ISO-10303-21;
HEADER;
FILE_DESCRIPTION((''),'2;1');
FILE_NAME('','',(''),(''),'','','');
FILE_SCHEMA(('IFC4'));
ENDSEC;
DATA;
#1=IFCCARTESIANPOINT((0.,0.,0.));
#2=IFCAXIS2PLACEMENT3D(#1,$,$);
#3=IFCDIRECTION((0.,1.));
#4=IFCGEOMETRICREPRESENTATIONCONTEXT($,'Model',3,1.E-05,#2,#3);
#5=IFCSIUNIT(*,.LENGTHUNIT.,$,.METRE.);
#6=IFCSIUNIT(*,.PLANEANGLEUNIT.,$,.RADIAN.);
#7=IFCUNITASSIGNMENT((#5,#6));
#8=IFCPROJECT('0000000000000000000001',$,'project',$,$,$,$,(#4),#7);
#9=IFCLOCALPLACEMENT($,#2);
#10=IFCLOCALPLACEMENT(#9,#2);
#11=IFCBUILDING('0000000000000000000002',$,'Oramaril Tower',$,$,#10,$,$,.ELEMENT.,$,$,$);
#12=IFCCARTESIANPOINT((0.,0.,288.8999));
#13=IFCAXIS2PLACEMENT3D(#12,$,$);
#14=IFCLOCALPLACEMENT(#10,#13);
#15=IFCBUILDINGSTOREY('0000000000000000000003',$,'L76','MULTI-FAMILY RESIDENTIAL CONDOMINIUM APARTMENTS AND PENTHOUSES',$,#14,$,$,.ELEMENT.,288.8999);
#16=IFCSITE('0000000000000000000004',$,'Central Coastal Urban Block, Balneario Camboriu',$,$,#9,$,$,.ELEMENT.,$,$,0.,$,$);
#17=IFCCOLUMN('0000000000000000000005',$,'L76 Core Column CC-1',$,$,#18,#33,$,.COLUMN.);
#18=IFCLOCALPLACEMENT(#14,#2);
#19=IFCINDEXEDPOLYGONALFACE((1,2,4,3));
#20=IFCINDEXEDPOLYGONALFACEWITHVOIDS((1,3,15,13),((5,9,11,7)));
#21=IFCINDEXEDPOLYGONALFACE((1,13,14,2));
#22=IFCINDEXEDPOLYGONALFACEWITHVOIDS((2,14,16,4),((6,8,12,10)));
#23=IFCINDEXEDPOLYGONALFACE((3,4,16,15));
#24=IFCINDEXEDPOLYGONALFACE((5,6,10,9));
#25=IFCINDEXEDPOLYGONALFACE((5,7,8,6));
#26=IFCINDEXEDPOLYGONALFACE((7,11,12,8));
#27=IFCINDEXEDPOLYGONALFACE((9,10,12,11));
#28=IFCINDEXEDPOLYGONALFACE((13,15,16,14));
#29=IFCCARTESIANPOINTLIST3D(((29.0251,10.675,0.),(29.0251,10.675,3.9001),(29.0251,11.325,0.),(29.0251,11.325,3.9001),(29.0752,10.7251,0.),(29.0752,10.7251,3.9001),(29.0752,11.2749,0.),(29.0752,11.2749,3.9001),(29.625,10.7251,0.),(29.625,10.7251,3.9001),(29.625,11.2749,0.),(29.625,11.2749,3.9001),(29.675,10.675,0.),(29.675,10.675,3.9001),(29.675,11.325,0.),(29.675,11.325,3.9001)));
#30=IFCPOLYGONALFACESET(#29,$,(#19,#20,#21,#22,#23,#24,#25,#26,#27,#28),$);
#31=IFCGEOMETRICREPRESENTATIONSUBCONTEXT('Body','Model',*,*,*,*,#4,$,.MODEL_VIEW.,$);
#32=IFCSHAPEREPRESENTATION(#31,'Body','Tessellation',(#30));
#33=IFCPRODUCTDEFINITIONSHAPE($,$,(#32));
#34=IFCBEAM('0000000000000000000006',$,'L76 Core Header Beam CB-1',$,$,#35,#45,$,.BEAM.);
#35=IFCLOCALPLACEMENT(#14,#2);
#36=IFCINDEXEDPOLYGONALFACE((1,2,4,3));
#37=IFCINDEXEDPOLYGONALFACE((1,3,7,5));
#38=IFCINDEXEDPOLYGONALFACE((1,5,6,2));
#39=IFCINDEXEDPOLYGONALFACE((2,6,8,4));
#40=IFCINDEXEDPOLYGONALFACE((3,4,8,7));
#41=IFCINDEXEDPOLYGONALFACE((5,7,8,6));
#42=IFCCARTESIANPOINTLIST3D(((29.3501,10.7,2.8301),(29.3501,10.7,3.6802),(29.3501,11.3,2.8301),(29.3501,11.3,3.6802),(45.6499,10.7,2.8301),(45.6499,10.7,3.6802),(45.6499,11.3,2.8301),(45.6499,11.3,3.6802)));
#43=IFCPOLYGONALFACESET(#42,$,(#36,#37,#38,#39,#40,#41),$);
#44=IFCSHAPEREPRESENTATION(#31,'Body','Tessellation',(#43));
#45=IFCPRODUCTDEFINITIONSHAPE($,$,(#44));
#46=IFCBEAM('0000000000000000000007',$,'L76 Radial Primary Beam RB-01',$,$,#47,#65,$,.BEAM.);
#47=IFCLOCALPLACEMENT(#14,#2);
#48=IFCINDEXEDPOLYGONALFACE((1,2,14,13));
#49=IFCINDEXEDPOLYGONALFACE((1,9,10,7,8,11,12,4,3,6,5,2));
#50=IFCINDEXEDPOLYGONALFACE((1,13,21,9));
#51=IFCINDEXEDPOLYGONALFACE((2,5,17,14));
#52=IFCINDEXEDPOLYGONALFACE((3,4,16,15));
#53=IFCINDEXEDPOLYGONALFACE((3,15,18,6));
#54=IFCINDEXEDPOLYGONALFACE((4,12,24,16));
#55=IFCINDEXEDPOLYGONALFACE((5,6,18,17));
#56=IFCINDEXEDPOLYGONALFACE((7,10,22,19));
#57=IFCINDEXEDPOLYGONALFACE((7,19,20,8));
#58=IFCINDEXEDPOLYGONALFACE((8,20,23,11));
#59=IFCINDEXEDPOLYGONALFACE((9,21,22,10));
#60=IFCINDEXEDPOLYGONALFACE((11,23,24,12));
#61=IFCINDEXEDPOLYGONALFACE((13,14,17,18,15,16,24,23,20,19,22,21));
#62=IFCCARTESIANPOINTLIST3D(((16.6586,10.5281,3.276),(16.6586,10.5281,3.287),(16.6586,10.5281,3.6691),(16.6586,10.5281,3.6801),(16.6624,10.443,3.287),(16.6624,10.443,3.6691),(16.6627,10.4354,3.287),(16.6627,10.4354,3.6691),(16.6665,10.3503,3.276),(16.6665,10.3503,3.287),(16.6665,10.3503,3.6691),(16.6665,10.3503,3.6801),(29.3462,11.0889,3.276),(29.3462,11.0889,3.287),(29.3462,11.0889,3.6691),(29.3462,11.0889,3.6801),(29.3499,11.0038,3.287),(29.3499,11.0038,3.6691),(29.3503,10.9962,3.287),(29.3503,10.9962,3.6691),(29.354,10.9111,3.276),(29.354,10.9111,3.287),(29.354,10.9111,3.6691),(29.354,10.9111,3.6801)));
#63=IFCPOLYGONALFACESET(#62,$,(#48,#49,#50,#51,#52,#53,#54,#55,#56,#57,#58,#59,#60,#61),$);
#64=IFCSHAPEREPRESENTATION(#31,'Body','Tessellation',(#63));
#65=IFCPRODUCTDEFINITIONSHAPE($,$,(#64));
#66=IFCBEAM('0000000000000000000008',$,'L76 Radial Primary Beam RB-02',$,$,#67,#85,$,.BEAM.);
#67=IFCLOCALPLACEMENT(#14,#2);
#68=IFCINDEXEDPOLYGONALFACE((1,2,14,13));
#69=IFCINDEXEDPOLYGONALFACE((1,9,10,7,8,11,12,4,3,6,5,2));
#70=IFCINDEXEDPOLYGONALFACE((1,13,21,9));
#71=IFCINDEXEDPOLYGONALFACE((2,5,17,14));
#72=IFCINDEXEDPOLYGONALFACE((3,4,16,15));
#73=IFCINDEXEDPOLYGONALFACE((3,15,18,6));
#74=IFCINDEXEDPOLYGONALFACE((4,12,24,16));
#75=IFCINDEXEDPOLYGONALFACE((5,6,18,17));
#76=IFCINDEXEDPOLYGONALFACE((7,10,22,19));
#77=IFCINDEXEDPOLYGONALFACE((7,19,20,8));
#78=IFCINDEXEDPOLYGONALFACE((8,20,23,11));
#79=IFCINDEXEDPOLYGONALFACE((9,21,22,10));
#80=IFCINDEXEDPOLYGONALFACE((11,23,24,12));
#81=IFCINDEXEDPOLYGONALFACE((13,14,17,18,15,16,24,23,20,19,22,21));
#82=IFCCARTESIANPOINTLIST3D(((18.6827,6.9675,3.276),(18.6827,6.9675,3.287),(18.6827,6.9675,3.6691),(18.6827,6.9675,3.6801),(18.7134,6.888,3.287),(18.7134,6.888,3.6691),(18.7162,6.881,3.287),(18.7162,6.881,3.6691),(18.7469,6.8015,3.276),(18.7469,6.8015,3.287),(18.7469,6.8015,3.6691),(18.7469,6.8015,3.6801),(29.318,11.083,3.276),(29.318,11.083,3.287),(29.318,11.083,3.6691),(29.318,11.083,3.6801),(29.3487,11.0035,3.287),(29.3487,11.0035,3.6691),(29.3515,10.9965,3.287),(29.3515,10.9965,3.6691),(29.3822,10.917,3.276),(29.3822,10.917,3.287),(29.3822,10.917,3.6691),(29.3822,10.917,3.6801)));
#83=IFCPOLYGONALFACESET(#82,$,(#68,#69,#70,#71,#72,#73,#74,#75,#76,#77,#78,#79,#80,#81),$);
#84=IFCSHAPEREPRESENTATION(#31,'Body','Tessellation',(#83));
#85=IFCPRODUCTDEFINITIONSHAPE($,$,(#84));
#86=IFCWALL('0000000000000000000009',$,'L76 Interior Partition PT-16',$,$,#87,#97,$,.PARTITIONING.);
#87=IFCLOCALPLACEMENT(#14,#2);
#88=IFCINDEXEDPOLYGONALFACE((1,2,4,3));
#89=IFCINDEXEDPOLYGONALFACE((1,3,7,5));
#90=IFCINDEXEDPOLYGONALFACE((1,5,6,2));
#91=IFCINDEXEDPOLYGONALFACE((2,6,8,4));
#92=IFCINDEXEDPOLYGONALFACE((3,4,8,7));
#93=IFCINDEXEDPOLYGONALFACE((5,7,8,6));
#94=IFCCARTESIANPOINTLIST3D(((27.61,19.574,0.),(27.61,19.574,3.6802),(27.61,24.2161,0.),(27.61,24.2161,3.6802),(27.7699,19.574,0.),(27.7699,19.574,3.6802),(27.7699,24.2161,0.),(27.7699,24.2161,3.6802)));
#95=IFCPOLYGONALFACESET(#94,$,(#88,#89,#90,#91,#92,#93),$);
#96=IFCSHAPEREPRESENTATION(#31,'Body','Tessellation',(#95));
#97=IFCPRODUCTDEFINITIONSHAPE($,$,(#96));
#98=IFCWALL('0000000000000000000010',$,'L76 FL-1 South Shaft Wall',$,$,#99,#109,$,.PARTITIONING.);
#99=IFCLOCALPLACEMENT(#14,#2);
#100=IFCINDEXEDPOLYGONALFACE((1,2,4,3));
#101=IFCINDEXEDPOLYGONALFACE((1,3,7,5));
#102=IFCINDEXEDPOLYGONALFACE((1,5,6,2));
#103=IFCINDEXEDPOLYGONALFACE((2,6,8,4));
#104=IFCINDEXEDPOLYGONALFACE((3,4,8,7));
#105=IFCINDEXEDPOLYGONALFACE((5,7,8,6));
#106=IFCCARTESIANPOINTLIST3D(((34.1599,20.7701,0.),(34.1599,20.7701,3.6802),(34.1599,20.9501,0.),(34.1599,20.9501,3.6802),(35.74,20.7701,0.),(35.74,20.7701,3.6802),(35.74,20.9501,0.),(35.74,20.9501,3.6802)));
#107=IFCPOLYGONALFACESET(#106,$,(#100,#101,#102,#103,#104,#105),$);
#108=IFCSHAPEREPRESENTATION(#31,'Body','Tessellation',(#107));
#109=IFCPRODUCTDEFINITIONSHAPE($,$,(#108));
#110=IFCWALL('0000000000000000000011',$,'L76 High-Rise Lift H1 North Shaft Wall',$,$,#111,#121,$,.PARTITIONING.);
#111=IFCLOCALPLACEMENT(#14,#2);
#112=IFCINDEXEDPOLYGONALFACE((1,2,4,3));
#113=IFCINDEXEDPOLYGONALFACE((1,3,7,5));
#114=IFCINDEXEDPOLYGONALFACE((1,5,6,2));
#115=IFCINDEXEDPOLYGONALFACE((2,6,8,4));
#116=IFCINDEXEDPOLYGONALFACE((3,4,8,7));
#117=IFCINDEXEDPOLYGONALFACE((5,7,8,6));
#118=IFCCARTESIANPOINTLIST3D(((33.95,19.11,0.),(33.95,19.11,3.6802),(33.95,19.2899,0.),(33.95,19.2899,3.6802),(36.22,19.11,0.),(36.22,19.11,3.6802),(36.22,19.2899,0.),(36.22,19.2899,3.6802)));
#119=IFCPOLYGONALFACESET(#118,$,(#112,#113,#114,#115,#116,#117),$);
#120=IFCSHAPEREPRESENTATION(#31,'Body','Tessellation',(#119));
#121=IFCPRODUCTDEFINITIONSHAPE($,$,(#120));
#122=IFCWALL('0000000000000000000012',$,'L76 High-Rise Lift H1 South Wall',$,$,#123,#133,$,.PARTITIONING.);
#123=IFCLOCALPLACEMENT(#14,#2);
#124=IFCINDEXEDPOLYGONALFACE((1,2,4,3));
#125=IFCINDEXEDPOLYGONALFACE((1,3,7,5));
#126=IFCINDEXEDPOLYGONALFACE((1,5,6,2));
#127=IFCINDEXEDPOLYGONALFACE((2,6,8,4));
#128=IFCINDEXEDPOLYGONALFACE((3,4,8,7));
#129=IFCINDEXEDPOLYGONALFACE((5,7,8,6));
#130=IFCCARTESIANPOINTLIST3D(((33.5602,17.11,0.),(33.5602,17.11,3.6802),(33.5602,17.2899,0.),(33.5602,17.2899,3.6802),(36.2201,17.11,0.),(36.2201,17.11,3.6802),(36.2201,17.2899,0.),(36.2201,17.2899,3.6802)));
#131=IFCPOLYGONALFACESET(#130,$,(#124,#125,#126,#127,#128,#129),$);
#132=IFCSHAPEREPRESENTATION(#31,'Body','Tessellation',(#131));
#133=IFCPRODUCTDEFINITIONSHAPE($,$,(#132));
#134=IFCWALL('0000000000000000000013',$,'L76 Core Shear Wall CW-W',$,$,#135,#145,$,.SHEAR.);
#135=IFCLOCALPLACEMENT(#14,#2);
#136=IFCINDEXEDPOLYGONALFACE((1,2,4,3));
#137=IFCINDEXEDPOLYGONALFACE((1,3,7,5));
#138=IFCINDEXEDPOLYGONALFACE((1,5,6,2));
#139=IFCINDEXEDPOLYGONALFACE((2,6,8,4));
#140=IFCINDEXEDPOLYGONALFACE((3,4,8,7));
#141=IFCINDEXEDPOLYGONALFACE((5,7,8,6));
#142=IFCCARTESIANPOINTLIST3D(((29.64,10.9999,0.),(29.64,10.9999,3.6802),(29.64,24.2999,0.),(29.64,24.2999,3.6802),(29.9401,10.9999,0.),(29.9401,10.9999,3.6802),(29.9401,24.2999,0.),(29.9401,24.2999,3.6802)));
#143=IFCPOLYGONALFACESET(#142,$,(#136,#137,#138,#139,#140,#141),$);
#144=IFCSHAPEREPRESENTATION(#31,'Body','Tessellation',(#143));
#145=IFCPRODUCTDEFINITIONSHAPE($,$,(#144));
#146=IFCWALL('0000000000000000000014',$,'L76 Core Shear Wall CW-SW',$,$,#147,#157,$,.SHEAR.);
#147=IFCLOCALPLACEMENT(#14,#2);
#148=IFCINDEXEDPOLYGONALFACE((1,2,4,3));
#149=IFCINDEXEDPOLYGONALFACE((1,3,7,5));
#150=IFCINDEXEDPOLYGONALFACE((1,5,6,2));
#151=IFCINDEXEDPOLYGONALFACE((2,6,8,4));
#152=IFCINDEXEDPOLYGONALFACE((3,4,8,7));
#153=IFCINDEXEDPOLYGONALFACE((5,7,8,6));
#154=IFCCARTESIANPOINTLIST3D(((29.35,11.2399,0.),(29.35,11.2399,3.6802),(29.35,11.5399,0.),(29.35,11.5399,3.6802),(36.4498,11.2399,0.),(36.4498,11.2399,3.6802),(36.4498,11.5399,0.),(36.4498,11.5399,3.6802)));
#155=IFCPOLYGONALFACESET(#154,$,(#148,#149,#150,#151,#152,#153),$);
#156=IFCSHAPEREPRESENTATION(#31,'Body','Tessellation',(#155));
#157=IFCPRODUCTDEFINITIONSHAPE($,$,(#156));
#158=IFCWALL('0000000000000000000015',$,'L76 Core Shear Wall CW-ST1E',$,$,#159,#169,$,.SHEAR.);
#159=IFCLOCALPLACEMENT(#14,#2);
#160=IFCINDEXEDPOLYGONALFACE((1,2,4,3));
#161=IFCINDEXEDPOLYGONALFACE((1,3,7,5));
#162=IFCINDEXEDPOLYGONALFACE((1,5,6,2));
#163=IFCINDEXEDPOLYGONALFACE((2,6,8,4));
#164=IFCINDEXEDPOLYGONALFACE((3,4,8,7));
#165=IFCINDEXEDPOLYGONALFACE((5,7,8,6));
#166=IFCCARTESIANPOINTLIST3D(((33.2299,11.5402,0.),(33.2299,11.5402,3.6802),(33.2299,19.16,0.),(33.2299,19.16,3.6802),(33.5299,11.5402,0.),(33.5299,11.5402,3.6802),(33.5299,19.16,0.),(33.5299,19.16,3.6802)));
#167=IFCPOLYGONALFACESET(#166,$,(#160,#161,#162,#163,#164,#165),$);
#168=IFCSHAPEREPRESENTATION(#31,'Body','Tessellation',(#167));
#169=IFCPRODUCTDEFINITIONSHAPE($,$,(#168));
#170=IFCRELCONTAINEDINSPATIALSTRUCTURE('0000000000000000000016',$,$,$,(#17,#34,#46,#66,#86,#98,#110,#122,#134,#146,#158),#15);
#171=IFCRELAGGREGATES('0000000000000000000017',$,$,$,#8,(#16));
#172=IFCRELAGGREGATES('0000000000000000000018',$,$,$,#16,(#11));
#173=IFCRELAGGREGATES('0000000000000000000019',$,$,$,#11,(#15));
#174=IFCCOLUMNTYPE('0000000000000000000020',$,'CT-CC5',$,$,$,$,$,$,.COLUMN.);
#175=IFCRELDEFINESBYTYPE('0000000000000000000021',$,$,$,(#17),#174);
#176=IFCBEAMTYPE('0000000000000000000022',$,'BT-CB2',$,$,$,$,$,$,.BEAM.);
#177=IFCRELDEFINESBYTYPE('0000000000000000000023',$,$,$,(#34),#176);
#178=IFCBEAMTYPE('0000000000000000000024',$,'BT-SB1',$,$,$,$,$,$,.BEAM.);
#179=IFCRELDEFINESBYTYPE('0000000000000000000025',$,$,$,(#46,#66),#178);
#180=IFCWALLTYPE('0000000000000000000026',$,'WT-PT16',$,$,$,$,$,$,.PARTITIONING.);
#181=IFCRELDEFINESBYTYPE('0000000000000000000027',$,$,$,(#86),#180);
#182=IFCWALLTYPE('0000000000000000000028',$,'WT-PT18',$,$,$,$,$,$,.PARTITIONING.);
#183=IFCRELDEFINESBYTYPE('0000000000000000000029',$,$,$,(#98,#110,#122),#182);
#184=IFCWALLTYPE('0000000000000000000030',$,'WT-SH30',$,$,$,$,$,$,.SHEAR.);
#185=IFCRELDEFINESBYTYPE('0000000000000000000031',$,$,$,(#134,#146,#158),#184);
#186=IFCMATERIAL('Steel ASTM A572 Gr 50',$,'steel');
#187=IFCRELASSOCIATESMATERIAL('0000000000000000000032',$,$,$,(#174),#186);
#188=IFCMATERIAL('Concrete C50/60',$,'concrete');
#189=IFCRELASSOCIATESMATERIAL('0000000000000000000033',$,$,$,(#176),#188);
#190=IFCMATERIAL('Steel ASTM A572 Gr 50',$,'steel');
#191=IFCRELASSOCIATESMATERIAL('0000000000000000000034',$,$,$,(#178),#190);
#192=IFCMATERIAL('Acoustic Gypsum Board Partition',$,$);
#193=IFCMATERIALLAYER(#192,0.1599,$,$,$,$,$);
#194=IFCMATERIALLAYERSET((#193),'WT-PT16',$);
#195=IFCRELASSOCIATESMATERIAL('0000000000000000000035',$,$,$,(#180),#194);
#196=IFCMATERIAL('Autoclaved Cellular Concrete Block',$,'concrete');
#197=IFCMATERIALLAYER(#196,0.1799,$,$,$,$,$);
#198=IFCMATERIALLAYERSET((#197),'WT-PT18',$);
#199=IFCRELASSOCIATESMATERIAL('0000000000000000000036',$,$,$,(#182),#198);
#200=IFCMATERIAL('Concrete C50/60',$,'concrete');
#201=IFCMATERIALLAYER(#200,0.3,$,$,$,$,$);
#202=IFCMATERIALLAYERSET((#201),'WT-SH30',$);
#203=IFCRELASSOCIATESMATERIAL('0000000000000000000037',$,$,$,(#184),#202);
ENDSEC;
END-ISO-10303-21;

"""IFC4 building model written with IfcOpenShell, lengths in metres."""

from ifc_helpers import new_model, si_unit, direction, frame, frame_2d, origin, origin_2d, place, context, subcontext, project, spatial, rectangle, hollow_rectangle, i_section, extrude, material, layer, layer_set, material_profile, profile_set, type_object, element, save


model = new_model("IFC4")

# Units and contexts
model_context = context("Model", 3, precision=1e-05, world=origin(), true_north=direction((0.0, 1.0)))
body_context = subcontext(model_context, "Body", "Model", "MODEL_VIEW")
ifc_project = project(units=[si_unit("LENGTHUNIT", "METRE"), si_unit("PLANEANGLEUNIT", "RADIAN")], contexts=[model_context])

# Site, building, storey
site_placement = place(None, origin())
site = spatial("IfcSite", under=ifc_project, at=site_placement, Name="Central Coastal Urban Block, Balneario Camboriu", CompositionType="ELEMENT", RefElevation=0.0)
building_placement = place(site_placement, origin())
building = spatial("IfcBuilding", under=site, at=building_placement, Name="Oramaril Tower", CompositionType="ELEMENT")
storey_placement = place(building_placement, frame((0.0, 0.0, 288.8999)))
storey = spatial("IfcBuildingStorey", under=building, at=storey_placement, Name="L76", Description="MULTI-FAMILY RESIDENTIAL CONDOMINIUM APARTMENTS AND PENTHOUSES", CompositionType="ELEMENT", Elevation=288.8999)

# Column
ifc_material_1 = material(Name="Steel ASTM A572 Gr 50", Category="steel")
ifc_material_profile_1 = material_profile(ifc_material_1, hollow_rectangle(XDim=0.6499, YDim=0.6499, WallThickness=0.05, at=origin_2d()), Name="BOX650X650X50")
ifc_profile_set_1 = profile_set([ifc_material_profile_1], Name="Steel ASTM A572 Gr 50")
column_type = type_object("IfcColumnType", Name="CT-CC5", PredefinedType="COLUMN", material=ifc_profile_set_1)
column_placement = place(storey_placement, frame((29.3501, 11.0, 0.0), z_axis=(0.0, 0.0, 1.0), x_axis=(1.0, 0.0, 0.0)))
element("IfcColumn", 1, at=column_placement, inside=storey, type_object=column_type, Name="L76 Core Column CC-1", PredefinedType="COLUMN", context=body_context, shape_type="SweptSolid", body=[
    extrude(hollow_rectangle(XDim=0.6499, YDim=0.6499, WallThickness=0.05, at=origin_2d()), origin(), (0.0, 0.0, 1.0), 3.9001),
])

# Beams
ifc_material_2 = material(Name="Concrete C50/60", Category="concrete")
ifc_material_profile_2 = material_profile(ifc_material_2, rectangle(XDim=0.6001, YDim=0.8501, at=origin_2d()), Name="CB600X850")
ifc_profile_set_2 = profile_set([ifc_material_profile_2], Name="Concrete C50/60")
beam_type_1 = type_object("IfcBeamType", Name="BT-CB2", PredefinedType="BEAM", material=ifc_profile_set_2)
beam_1_placement = place(storey_placement, frame((29.3501, 11.0, 3.2551), z_axis=(1.0, 0.0, 0.0), x_axis=(0.0, 1.0, 0.0)))
element("IfcBeam", 2, at=beam_1_placement, inside=storey, type_object=beam_type_1, Name="L76 Core Header Beam CB-1", PredefinedType="BEAM", context=body_context, shape_type="SweptSolid", body=[
    extrude(rectangle(XDim=0.6001, YDim=0.8501, at=origin_2d()), origin(), (0.0, 0.0, 1.0), 16.2998),
])
ifc_material_3 = material(Name="Steel ASTM A572 Gr 50", Category="steel")
ifc_material_profile_3 = material_profile(ifc_material_3, i_section(OverallWidth=0.178, OverallDepth=0.4041, WebThickness=0.0076, FlangeThickness=0.011, at=origin_2d()), Name="W16X36")
ifc_profile_set_3 = profile_set([ifc_material_profile_3], Name="Steel ASTM A572 Gr 50")
beam_type_2 = type_object("IfcBeamType", Name="BT-SB1", PredefinedType="BEAM", material=ifc_profile_set_3)
beam_2_placement = place(storey_placement, frame((29.3501, 11.0, 3.478), z_axis=(-0.999025, -0.044157, 0.0), x_axis=(0.044157, -0.999025, 0.0)))
element("IfcBeam", 3, at=beam_2_placement, inside=storey, type_object=beam_type_2, Name="L76 Radial Primary Beam RB-01", PredefinedType="BEAM", context=body_context, shape_type="SweptSolid", body=[
    extrude(i_section(OverallWidth=0.178, OverallDepth=0.4041, WebThickness=0.0076, FlangeThickness=0.011, at=origin_2d()), origin(), (0.0, 0.0, 1.0), 12.7),
])
beam_3_placement = place(storey_placement, frame((29.3501, 11.0, 3.478), z_axis=(-0.932609, -0.360888, 0.0), x_axis=(0.360888, -0.932609, 0.0)))
element("IfcBeam", 4, at=beam_3_placement, inside=storey, type_object=beam_type_2, Name="L76 Radial Primary Beam RB-02", PredefinedType="BEAM", context=body_context, shape_type="SweptSolid", body=[
    extrude(i_section(OverallWidth=0.178, OverallDepth=0.4041, WebThickness=0.0076, FlangeThickness=0.011, at=origin_2d()), origin(), (0.0, 0.0, 1.0), 11.4038),
])

# Walls
ifc_material_4 = material(Name="Acoustic Gypsum Board Partition")
ifc_layer_1 = layer(ifc_material_4, 0.1599)
ifc_layer_set_1 = layer_set([ifc_layer_1], Name="WT-PT16")
wall_type_1 = type_object("IfcWallType", Name="WT-PT16", PredefinedType="PARTITIONING", material=ifc_layer_set_1)
wall_1_placement = place(storey_placement, frame((27.6899, 19.574, 0.0), z_axis=(0.0, 0.0, 1.0), x_axis=(0.0, 1.0, 0.0)))
element("IfcWall", 5, at=wall_1_placement, inside=storey, type_object=wall_type_1, Name="L76 Interior Partition PT-16", PredefinedType="PARTITIONING", context=body_context, shape_type="SweptSolid", body=[
    extrude(rectangle(XDim=4.6421, YDim=0.1599, at=frame_2d((2.321, 0.0))), origin(), (0.0, 0.0, 1.0), 3.6802),
])
ifc_material_5 = material(Name="Autoclaved Cellular Concrete Block", Category="concrete")
ifc_layer_2 = layer(ifc_material_5, 0.1799)
ifc_layer_set_2 = layer_set([ifc_layer_2], Name="WT-PT18")
wall_type_2 = type_object("IfcWallType", Name="WT-PT18", PredefinedType="PARTITIONING", material=ifc_layer_set_2)
wall_2_placement = place(storey_placement, frame((34.1599, 20.8601, 0.0), z_axis=(0.0, 0.0, 1.0), x_axis=(1.0, 0.0, 0.0)))
element("IfcWall", 6, at=wall_2_placement, inside=storey, type_object=wall_type_2, Name="L76 FL-1 South Shaft Wall", PredefinedType="PARTITIONING", context=body_context, shape_type="SweptSolid", body=[
    extrude(rectangle(XDim=1.5801, YDim=0.1799, at=frame_2d((0.79, 0.0))), origin(), (0.0, 0.0, 1.0), 3.6802),
])
wall_3_placement = place(storey_placement, frame((33.95, 19.2, 0.0), z_axis=(0.0, 0.0, 1.0), x_axis=(1.0, 0.0, 0.0)))
element("IfcWall", 7, at=wall_3_placement, inside=storey, type_object=wall_type_2, Name="L76 High-Rise Lift H1 North Shaft Wall", PredefinedType="PARTITIONING", context=body_context, shape_type="SweptSolid", body=[
    extrude(rectangle(XDim=2.27, YDim=0.1799, at=frame_2d((1.135, 0.0))), origin(), (0.0, 0.0, 1.0), 3.6802),
])
wall_4_placement = place(storey_placement, frame((33.5601, 17.2, 0.0), z_axis=(0.0, 0.0, 1.0), x_axis=(1.0, 0.0, 0.0)))
element("IfcWall", 8, at=wall_4_placement, inside=storey, type_object=wall_type_2, Name="L76 High-Rise Lift H1 South Wall", PredefinedType="PARTITIONING", context=body_context, shape_type="SweptSolid", body=[
    extrude(rectangle(XDim=2.6599, YDim=0.1799, at=frame_2d((1.3301, 0.0))), origin(), (0.0, 0.0, 1.0), 3.6802),
])
ifc_material_6 = material(Name="Concrete C50/60", Category="concrete")
ifc_layer_3 = layer(ifc_material_6, 0.3)
ifc_layer_set_3 = layer_set([ifc_layer_3], Name="WT-SH30")
wall_type_3 = type_object("IfcWallType", Name="WT-SH30", PredefinedType="SHEAR", material=ifc_layer_set_3)
wall_5_placement = place(storey_placement, frame((29.79, 11.0, 0.0), z_axis=(0.0, 0.0, 1.0), x_axis=(0.0, 1.0, 0.0)))
element("IfcWall", 9, at=wall_5_placement, inside=storey, type_object=wall_type_3, Name="L76 Core Shear Wall CW-W", PredefinedType="SHEAR", context=body_context, shape_type="SweptSolid", body=[
    extrude(rectangle(XDim=13.3, YDim=0.3, at=frame_2d((6.6499, 0.0))), origin(), (0.0, 0.0, 1.0), 3.6802),
])
wall_6_placement = place(storey_placement, frame((29.3501, 11.3899, 0.0), z_axis=(0.0, 0.0, 1.0), x_axis=(1.0, 0.0, 0.0)))
element("IfcWall", 10, at=wall_6_placement, inside=storey, type_object=wall_type_3, Name="L76 Core Shear Wall CW-SW", PredefinedType="SHEAR", context=body_context, shape_type="SweptSolid", body=[
    extrude(rectangle(XDim=7.0999, YDim=0.3, at=frame_2d((3.5498, 0.0))), origin(), (0.0, 0.0, 1.0), 3.6802),
])

# Wall
wall_7_placement = place(storey_placement, frame((33.3799, 11.54, 0.0), z_axis=(0.0, 0.0, 1.0), x_axis=(0.0, 1.0, 0.0)))
element("IfcWall", 11, at=wall_7_placement, inside=storey, type_object=wall_type_3, Name="L76 Core Shear Wall CW-ST1E", PredefinedType="SHEAR", context=body_context, shape_type="SweptSolid", body=[
    extrude(rectangle(XDim=7.6199, YDim=0.3, at=frame_2d((3.8101, 0.0))), origin(), (0.0, 0.0, 1.0), 3.6802),
])

save(model, "model.ifc")
